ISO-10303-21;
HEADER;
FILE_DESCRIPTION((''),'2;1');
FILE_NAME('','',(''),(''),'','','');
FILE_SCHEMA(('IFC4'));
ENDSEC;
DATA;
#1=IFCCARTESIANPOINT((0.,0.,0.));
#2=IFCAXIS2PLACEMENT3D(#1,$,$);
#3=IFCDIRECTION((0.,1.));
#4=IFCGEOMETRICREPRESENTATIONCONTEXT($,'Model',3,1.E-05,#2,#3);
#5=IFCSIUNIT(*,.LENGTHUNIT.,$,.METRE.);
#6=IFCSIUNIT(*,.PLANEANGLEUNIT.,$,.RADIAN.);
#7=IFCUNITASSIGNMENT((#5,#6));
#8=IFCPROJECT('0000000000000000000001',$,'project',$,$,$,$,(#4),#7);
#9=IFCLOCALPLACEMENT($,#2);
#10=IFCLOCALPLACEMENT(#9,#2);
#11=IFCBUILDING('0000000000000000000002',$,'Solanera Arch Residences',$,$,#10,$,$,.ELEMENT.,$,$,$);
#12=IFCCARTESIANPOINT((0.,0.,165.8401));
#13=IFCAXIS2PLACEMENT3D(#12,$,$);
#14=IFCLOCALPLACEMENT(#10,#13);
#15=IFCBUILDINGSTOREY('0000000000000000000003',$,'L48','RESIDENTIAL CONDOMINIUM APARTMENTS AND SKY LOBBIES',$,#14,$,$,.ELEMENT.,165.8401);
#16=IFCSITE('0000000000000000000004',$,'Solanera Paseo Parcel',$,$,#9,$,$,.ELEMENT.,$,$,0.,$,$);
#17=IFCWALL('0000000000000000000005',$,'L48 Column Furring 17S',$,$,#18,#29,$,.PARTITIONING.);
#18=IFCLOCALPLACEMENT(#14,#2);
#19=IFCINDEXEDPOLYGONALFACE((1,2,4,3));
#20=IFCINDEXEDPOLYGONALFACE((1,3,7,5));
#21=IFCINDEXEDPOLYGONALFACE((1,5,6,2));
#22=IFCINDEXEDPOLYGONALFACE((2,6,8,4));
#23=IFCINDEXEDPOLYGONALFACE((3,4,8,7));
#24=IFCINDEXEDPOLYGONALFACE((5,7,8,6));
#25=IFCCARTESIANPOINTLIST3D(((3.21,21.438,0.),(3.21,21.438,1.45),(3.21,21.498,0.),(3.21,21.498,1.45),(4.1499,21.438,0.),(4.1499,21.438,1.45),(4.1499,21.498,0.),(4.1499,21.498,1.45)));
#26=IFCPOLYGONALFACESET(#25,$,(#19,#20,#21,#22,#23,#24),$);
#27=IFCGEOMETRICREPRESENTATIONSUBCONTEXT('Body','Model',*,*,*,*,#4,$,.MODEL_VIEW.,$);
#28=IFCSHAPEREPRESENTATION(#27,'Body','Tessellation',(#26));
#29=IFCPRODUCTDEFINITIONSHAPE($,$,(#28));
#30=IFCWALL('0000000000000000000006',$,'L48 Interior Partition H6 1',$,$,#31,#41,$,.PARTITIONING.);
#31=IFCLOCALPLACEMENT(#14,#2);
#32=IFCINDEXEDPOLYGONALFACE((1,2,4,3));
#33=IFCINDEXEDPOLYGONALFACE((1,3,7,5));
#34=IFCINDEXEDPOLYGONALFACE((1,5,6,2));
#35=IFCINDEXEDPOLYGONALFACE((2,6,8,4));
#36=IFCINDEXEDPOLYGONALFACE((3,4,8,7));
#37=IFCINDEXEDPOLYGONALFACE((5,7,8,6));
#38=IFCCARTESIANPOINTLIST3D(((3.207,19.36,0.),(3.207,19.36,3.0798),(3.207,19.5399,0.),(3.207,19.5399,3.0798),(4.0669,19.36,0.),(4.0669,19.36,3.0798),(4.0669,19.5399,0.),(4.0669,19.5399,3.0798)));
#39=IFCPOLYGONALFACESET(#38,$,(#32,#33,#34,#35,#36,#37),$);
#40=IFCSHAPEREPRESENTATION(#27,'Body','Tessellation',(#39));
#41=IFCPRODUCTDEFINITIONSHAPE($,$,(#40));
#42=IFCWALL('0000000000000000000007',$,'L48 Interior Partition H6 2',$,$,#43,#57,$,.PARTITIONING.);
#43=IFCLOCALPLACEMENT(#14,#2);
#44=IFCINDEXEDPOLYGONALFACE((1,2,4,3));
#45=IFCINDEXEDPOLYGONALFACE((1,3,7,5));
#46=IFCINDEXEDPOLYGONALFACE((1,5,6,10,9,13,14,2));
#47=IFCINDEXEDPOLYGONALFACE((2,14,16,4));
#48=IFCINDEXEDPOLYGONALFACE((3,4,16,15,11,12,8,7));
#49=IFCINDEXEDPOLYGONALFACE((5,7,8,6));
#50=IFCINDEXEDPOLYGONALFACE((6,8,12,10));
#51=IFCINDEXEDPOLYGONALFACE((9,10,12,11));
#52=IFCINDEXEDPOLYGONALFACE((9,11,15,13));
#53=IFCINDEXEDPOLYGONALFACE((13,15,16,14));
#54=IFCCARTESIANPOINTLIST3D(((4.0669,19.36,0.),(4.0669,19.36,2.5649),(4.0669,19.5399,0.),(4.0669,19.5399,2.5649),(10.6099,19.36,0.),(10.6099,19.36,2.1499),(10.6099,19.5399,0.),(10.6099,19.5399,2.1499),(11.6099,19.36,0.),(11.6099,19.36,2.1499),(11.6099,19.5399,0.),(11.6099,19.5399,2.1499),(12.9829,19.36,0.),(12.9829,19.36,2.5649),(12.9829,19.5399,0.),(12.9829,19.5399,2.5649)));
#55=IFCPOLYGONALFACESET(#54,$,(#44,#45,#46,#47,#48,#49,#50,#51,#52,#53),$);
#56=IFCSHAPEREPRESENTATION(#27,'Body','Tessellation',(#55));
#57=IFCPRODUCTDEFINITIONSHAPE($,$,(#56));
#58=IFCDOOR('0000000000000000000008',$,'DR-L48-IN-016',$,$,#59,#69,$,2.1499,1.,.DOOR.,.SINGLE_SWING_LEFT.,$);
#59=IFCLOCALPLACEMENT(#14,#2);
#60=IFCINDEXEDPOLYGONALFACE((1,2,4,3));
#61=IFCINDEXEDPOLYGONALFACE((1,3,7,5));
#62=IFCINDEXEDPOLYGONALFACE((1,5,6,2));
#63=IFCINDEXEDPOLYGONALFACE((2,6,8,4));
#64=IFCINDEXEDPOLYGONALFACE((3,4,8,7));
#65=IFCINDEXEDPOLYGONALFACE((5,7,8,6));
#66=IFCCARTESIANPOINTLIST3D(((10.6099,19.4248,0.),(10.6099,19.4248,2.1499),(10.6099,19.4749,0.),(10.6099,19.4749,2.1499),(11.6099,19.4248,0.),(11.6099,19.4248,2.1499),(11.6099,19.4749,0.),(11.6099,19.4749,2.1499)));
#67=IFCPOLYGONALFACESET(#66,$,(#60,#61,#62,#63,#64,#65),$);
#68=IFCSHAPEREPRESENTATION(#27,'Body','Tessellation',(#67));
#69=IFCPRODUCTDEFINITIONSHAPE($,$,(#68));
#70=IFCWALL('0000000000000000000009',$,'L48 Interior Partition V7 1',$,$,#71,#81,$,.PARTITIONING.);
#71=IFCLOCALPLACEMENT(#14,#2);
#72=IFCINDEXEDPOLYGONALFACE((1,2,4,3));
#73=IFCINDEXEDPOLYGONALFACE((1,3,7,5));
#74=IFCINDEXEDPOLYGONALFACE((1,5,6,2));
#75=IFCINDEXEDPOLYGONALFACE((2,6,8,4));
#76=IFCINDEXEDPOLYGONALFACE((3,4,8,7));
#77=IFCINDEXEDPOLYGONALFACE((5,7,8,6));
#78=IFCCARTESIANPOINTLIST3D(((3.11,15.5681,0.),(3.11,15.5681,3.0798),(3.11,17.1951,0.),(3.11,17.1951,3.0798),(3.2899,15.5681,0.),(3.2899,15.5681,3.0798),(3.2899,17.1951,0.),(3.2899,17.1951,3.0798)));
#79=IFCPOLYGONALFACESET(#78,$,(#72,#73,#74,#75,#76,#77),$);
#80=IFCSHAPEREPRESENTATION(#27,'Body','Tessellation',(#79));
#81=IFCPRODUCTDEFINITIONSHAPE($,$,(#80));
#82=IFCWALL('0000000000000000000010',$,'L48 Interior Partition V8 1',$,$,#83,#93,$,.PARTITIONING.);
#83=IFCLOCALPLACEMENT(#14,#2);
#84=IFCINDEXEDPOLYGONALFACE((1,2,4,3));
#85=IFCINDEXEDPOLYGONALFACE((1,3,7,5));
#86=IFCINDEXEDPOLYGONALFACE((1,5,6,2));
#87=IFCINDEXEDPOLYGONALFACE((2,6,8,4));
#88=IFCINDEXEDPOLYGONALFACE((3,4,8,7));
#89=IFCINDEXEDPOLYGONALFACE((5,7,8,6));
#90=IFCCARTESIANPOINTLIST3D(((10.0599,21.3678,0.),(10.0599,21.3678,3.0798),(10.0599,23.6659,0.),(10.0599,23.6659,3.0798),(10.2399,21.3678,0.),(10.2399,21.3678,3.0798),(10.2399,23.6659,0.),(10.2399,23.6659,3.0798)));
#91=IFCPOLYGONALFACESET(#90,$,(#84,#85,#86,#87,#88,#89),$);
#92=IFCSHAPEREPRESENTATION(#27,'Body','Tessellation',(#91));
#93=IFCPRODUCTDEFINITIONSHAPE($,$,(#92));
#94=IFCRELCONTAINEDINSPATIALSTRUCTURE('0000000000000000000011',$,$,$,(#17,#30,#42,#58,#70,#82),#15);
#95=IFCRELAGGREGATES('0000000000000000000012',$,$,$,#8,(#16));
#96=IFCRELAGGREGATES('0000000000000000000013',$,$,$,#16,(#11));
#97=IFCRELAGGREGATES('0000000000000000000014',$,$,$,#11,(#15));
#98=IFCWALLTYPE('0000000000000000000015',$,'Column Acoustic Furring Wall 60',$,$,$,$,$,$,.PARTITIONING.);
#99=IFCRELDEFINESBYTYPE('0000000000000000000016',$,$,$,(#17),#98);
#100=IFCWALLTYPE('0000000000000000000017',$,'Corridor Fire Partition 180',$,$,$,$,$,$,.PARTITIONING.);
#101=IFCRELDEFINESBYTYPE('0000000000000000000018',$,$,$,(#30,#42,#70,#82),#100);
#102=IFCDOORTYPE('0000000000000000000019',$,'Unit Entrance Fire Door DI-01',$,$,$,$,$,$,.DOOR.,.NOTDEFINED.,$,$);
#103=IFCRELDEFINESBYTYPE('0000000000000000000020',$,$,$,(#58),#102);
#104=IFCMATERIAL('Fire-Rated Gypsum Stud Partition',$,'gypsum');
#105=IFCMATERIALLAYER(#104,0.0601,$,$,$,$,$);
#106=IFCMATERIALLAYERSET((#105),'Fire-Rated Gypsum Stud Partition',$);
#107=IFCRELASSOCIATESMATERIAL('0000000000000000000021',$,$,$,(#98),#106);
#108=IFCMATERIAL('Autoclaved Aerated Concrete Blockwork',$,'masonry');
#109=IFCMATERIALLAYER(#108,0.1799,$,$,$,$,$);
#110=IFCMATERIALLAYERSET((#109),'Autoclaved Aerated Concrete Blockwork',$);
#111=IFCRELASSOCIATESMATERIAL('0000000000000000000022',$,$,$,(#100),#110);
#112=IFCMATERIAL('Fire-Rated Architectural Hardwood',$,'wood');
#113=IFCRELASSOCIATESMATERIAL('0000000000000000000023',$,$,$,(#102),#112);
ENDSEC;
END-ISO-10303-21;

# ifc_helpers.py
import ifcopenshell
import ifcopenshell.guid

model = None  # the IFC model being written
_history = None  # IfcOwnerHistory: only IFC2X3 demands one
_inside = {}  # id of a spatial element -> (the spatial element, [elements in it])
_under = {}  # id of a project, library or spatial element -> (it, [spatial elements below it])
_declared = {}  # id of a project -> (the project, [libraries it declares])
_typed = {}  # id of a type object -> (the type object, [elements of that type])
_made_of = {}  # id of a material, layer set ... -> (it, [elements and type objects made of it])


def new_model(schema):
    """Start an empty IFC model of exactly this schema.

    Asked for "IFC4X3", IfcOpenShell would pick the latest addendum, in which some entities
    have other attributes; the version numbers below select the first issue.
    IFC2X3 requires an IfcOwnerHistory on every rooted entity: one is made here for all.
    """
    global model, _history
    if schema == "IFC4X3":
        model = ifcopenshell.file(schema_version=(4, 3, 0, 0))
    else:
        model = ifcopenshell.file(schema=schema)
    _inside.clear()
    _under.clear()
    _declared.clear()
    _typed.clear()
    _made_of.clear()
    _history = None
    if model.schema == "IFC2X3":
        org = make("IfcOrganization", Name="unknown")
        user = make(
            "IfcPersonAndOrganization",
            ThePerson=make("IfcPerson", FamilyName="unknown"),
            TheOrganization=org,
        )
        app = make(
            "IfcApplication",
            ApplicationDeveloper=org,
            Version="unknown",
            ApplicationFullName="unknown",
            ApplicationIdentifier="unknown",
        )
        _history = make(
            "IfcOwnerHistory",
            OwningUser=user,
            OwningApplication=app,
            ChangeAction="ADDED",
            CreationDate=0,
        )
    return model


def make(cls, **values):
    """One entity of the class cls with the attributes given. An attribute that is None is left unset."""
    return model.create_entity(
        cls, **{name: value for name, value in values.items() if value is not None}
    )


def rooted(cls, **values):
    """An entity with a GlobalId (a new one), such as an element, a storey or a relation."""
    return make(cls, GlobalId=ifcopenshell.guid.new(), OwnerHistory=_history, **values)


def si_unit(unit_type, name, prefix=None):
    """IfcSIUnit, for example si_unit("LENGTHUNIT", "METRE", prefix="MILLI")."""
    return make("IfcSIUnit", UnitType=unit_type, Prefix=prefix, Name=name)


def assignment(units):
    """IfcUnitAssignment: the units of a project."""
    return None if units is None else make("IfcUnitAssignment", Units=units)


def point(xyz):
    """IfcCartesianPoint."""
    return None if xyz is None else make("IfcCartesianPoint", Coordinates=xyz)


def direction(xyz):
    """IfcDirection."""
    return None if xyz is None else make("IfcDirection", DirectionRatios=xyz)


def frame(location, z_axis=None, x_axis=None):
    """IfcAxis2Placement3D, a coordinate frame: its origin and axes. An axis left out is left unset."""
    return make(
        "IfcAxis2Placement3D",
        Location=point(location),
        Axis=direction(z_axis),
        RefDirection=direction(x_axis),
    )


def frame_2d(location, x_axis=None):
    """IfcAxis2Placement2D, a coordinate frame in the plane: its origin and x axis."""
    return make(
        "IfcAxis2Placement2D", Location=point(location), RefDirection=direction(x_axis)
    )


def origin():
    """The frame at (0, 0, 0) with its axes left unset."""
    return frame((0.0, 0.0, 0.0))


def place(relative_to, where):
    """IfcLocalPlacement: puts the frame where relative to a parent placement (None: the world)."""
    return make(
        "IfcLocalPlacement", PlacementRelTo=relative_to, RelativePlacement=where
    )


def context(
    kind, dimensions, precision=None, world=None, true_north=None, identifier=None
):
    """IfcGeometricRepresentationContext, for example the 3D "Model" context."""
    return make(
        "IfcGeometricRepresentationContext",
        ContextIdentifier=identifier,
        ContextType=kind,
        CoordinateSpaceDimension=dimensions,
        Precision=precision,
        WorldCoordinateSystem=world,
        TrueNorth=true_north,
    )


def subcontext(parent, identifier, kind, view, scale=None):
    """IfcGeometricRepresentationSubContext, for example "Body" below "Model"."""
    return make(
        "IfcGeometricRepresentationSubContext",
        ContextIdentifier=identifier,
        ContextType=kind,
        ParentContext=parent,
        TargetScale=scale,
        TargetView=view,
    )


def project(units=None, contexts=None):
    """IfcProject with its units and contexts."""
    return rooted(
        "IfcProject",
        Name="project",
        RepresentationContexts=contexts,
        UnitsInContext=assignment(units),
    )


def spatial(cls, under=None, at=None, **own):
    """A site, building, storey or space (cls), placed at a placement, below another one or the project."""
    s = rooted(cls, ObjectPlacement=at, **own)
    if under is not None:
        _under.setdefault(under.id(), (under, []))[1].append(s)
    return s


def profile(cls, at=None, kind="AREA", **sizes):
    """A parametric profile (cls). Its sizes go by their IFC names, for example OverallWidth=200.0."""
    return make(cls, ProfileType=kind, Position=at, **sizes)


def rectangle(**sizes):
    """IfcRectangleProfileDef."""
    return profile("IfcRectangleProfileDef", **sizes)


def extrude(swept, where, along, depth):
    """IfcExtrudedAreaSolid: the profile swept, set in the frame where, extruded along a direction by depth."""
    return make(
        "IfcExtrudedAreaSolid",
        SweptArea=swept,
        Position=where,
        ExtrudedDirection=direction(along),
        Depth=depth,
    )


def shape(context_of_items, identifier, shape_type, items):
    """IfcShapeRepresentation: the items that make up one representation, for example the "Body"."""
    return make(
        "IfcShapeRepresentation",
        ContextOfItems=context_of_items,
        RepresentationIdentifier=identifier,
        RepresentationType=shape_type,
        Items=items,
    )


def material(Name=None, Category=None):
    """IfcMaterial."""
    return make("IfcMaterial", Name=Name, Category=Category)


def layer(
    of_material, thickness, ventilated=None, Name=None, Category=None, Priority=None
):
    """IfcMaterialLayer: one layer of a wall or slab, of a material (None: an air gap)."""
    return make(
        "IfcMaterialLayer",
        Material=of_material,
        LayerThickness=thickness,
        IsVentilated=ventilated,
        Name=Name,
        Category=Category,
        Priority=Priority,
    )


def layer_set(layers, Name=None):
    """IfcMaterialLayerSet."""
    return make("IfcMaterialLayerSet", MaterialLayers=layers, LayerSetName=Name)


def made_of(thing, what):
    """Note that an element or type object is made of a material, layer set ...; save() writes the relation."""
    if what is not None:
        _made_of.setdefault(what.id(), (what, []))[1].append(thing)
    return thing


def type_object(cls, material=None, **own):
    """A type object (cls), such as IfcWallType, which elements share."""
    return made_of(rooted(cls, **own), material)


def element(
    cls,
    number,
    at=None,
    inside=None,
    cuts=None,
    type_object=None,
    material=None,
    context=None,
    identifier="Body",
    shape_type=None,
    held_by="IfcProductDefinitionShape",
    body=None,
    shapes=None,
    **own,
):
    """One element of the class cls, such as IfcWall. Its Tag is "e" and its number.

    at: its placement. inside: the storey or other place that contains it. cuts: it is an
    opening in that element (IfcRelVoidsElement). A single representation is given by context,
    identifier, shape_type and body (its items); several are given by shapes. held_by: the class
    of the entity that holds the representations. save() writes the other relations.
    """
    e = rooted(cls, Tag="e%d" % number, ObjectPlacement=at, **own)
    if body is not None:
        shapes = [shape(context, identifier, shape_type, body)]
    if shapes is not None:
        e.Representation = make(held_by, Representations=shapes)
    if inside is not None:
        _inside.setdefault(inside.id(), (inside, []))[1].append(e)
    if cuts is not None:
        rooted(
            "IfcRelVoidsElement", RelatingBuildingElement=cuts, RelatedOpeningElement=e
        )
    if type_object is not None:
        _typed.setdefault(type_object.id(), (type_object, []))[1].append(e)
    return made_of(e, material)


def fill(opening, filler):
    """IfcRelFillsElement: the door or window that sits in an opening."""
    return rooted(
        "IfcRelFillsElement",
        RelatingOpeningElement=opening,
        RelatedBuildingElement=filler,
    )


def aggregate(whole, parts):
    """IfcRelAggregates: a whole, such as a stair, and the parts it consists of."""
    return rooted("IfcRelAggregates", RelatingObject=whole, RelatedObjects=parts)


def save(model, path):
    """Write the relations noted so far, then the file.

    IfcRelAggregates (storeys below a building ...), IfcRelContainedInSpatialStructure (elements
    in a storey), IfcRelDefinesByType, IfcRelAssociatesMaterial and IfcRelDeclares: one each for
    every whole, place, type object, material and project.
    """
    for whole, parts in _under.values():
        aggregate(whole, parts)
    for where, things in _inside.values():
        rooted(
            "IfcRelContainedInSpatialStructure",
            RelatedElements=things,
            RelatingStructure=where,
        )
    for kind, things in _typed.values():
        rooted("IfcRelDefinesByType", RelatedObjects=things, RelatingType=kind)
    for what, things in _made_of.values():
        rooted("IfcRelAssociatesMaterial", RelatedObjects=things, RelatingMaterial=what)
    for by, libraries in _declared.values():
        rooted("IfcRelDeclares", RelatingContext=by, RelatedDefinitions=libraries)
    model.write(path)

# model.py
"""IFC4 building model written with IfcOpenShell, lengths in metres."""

from ifc_helpers import new_model, si_unit, direction, frame, frame_2d, origin, place, context, subcontext, project, spatial, rectangle, extrude, material, layer, layer_set, type_object, element, fill, save


model = new_model("IFC4")

# Units and contexts
model_context = context("Model", 3, precision=1e-05, world=origin(), true_north=direction((0.0, 1.0)))
body_context = subcontext(model_context, "Body", "Model", "MODEL_VIEW")
ifc_project = project(units=[si_unit("LENGTHUNIT", "METRE"), si_unit("PLANEANGLEUNIT", "RADIAN")], contexts=[model_context])

# Site, building, storey
site_placement = place(None, origin())
site = spatial("IfcSite", under=ifc_project, at=site_placement, Name="Solanera Paseo Parcel", CompositionType="ELEMENT", RefElevation=0.0)
building_placement = place(site_placement, origin())
building = spatial("IfcBuilding", under=site, at=building_placement, Name="Solanera Arch Residences", CompositionType="ELEMENT")
storey_placement = place(building_placement, frame((0.0, 0.0, 165.8401)))
storey = spatial("IfcBuildingStorey", under=building, at=storey_placement, Name="L48", Description="RESIDENTIAL CONDOMINIUM APARTMENTS AND SKY LOBBIES", CompositionType="ELEMENT", Elevation=165.8401)

# Walls
ifc_material_1 = material(Name="Fire-Rated Gypsum Stud Partition", Category="gypsum")
ifc_layer_1 = layer(ifc_material_1, 0.0601)
ifc_layer_set_1 = layer_set([ifc_layer_1], Name="Fire-Rated Gypsum Stud Partition")
wall_type_1 = type_object("IfcWallType", Name="Column Acoustic Furring Wall 60", PredefinedType="PARTITIONING", material=ifc_layer_set_1)
wall_1_placement = place(storey_placement, frame((3.21, 21.468, 0.0), z_axis=(0.0, 0.0, 1.0), x_axis=(1.0, 0.0, 0.0)))
element("IfcWall", 1, at=wall_1_placement, inside=storey, type_object=wall_type_1, Name="L48 Column Furring 17S", PredefinedType="PARTITIONING", context=body_context, shape_type="SweptSolid", body=[
    extrude(rectangle(XDim=0.9399, YDim=0.0601, at=frame_2d((0.47, 0.0))), origin(), (0.0, 0.0, 1.0), 1.45),
])
ifc_material_2 = material(Name="Autoclaved Aerated Concrete Blockwork", Category="masonry")
ifc_layer_2 = layer(ifc_material_2, 0.1799)
ifc_layer_set_2 = layer_set([ifc_layer_2], Name="Autoclaved Aerated Concrete Blockwork")
wall_type_2 = type_object("IfcWallType", Name="Corridor Fire Partition 180", PredefinedType="PARTITIONING", material=ifc_layer_set_2)
wall_2_placement = place(storey_placement, frame((3.207, 19.45, 0.0), z_axis=(0.0, 0.0, 1.0), x_axis=(1.0, 0.0, 0.0)))
element("IfcWall", 2, at=wall_2_placement, inside=storey, type_object=wall_type_2, Name="L48 Interior Partition H6 1", PredefinedType="PARTITIONING", context=body_context, shape_type="SweptSolid", body=[
    extrude(rectangle(XDim=0.8599, YDim=0.1799, at=frame_2d((0.4299, 0.0))), origin(), (0.0, 0.0, 1.0), 3.0798),
])

# Wall, opening, door
wall_3_placement = place(storey_placement, frame((4.0669, 19.45, 0.0), z_axis=(0.0, 0.0, 1.0), x_axis=(1.0, 0.0, 0.0)))
wall_3 = element("IfcWall", 3, at=wall_3_placement, inside=storey, type_object=wall_type_2, Name="L48 Interior Partition H6 2", PredefinedType="PARTITIONING", context=body_context, shape_type="SweptSolid", body=[
    extrude(rectangle(XDim=8.916, YDim=0.1799, at=frame_2d((4.458, 0.0))), origin(), (0.0, 0.0, 1.0), 2.5649),
])
opening_1_placement = place(wall_3_placement, frame((6.543, 0.0, 0.0)))
opening_1 = element("IfcOpeningElement", 4, at=opening_1_placement, cuts=wall_3, PredefinedType="OPENING", context=body_context, shape_type="SweptSolid", body=[
    extrude(rectangle(XDim=1.0, YDim=2.1499, at=frame_2d((0.5, 1.075))), frame((0.0, 0.1001, 0.0), z_axis=(0.0, -1.0, 0.0), x_axis=(1.0, 0.0, 0.0)), (0.0, 0.0, 1.0), 0.1999),
])
ifc_material_3 = material(Name="Fire-Rated Architectural Hardwood", Category="wood")
door_type_1 = type_object("IfcDoorType", Name="Unit Entrance Fire Door DI-01", OperationType="NOTDEFINED", PredefinedType="DOOR", material=ifc_material_3)
door_1_placement = place(opening_1_placement, origin())
door_1 = element("IfcDoor", 5, at=door_1_placement, inside=storey, type_object=door_type_1, Name="DR-L48-IN-016", OperationType="SINGLE_SWING_LEFT", OverallHeight=2.1499, OverallWidth=1.0, PredefinedType="DOOR", context=body_context, shape_type="SweptSolid", body=[
    extrude(rectangle(XDim=1.0, YDim=2.1499, at=frame_2d((0.5, 1.075))), frame((0.0, 0.0249, 0.0), z_axis=(0.0, -1.0, 0.0), x_axis=(1.0, 0.0, 0.0)), (0.0, 0.0, 1.0), 0.05),
])
fill(opening_1, door_1)

# Walls
wall_4_placement = place(storey_placement, frame((3.2, 15.5681, 0.0), z_axis=(0.0, 0.0, 1.0), x_axis=(0.0, 1.0, 0.0)))
element("IfcWall", 6, at=wall_4_placement, inside=storey, type_object=wall_type_2, Name="L48 Interior Partition V7 1", PredefinedType="PARTITIONING", context=body_context, shape_type="SweptSolid", body=[
    extrude(rectangle(XDim=1.627, YDim=0.1799, at=frame_2d((0.8135, 0.0))), origin(), (0.0, 0.0, 1.0), 3.0798),
])
wall_5_placement = place(storey_placement, frame((10.1499, 21.3679, 0.0), z_axis=(0.0, 0.0, 1.0), x_axis=(0.0, 1.0, 0.0)))
element("IfcWall", 7, at=wall_5_placement, inside=storey, type_object=wall_type_2, Name="L48 Interior Partition V8 1", PredefinedType="PARTITIONING", context=body_context, shape_type="SweptSolid", body=[
    extrude(rectangle(XDim=2.2981, YDim=0.1799, at=frame_2d((1.1489, 0.0))), origin(), (0.0, 0.0, 1.0), 3.0798),
])

save(model, "model.ifc")
